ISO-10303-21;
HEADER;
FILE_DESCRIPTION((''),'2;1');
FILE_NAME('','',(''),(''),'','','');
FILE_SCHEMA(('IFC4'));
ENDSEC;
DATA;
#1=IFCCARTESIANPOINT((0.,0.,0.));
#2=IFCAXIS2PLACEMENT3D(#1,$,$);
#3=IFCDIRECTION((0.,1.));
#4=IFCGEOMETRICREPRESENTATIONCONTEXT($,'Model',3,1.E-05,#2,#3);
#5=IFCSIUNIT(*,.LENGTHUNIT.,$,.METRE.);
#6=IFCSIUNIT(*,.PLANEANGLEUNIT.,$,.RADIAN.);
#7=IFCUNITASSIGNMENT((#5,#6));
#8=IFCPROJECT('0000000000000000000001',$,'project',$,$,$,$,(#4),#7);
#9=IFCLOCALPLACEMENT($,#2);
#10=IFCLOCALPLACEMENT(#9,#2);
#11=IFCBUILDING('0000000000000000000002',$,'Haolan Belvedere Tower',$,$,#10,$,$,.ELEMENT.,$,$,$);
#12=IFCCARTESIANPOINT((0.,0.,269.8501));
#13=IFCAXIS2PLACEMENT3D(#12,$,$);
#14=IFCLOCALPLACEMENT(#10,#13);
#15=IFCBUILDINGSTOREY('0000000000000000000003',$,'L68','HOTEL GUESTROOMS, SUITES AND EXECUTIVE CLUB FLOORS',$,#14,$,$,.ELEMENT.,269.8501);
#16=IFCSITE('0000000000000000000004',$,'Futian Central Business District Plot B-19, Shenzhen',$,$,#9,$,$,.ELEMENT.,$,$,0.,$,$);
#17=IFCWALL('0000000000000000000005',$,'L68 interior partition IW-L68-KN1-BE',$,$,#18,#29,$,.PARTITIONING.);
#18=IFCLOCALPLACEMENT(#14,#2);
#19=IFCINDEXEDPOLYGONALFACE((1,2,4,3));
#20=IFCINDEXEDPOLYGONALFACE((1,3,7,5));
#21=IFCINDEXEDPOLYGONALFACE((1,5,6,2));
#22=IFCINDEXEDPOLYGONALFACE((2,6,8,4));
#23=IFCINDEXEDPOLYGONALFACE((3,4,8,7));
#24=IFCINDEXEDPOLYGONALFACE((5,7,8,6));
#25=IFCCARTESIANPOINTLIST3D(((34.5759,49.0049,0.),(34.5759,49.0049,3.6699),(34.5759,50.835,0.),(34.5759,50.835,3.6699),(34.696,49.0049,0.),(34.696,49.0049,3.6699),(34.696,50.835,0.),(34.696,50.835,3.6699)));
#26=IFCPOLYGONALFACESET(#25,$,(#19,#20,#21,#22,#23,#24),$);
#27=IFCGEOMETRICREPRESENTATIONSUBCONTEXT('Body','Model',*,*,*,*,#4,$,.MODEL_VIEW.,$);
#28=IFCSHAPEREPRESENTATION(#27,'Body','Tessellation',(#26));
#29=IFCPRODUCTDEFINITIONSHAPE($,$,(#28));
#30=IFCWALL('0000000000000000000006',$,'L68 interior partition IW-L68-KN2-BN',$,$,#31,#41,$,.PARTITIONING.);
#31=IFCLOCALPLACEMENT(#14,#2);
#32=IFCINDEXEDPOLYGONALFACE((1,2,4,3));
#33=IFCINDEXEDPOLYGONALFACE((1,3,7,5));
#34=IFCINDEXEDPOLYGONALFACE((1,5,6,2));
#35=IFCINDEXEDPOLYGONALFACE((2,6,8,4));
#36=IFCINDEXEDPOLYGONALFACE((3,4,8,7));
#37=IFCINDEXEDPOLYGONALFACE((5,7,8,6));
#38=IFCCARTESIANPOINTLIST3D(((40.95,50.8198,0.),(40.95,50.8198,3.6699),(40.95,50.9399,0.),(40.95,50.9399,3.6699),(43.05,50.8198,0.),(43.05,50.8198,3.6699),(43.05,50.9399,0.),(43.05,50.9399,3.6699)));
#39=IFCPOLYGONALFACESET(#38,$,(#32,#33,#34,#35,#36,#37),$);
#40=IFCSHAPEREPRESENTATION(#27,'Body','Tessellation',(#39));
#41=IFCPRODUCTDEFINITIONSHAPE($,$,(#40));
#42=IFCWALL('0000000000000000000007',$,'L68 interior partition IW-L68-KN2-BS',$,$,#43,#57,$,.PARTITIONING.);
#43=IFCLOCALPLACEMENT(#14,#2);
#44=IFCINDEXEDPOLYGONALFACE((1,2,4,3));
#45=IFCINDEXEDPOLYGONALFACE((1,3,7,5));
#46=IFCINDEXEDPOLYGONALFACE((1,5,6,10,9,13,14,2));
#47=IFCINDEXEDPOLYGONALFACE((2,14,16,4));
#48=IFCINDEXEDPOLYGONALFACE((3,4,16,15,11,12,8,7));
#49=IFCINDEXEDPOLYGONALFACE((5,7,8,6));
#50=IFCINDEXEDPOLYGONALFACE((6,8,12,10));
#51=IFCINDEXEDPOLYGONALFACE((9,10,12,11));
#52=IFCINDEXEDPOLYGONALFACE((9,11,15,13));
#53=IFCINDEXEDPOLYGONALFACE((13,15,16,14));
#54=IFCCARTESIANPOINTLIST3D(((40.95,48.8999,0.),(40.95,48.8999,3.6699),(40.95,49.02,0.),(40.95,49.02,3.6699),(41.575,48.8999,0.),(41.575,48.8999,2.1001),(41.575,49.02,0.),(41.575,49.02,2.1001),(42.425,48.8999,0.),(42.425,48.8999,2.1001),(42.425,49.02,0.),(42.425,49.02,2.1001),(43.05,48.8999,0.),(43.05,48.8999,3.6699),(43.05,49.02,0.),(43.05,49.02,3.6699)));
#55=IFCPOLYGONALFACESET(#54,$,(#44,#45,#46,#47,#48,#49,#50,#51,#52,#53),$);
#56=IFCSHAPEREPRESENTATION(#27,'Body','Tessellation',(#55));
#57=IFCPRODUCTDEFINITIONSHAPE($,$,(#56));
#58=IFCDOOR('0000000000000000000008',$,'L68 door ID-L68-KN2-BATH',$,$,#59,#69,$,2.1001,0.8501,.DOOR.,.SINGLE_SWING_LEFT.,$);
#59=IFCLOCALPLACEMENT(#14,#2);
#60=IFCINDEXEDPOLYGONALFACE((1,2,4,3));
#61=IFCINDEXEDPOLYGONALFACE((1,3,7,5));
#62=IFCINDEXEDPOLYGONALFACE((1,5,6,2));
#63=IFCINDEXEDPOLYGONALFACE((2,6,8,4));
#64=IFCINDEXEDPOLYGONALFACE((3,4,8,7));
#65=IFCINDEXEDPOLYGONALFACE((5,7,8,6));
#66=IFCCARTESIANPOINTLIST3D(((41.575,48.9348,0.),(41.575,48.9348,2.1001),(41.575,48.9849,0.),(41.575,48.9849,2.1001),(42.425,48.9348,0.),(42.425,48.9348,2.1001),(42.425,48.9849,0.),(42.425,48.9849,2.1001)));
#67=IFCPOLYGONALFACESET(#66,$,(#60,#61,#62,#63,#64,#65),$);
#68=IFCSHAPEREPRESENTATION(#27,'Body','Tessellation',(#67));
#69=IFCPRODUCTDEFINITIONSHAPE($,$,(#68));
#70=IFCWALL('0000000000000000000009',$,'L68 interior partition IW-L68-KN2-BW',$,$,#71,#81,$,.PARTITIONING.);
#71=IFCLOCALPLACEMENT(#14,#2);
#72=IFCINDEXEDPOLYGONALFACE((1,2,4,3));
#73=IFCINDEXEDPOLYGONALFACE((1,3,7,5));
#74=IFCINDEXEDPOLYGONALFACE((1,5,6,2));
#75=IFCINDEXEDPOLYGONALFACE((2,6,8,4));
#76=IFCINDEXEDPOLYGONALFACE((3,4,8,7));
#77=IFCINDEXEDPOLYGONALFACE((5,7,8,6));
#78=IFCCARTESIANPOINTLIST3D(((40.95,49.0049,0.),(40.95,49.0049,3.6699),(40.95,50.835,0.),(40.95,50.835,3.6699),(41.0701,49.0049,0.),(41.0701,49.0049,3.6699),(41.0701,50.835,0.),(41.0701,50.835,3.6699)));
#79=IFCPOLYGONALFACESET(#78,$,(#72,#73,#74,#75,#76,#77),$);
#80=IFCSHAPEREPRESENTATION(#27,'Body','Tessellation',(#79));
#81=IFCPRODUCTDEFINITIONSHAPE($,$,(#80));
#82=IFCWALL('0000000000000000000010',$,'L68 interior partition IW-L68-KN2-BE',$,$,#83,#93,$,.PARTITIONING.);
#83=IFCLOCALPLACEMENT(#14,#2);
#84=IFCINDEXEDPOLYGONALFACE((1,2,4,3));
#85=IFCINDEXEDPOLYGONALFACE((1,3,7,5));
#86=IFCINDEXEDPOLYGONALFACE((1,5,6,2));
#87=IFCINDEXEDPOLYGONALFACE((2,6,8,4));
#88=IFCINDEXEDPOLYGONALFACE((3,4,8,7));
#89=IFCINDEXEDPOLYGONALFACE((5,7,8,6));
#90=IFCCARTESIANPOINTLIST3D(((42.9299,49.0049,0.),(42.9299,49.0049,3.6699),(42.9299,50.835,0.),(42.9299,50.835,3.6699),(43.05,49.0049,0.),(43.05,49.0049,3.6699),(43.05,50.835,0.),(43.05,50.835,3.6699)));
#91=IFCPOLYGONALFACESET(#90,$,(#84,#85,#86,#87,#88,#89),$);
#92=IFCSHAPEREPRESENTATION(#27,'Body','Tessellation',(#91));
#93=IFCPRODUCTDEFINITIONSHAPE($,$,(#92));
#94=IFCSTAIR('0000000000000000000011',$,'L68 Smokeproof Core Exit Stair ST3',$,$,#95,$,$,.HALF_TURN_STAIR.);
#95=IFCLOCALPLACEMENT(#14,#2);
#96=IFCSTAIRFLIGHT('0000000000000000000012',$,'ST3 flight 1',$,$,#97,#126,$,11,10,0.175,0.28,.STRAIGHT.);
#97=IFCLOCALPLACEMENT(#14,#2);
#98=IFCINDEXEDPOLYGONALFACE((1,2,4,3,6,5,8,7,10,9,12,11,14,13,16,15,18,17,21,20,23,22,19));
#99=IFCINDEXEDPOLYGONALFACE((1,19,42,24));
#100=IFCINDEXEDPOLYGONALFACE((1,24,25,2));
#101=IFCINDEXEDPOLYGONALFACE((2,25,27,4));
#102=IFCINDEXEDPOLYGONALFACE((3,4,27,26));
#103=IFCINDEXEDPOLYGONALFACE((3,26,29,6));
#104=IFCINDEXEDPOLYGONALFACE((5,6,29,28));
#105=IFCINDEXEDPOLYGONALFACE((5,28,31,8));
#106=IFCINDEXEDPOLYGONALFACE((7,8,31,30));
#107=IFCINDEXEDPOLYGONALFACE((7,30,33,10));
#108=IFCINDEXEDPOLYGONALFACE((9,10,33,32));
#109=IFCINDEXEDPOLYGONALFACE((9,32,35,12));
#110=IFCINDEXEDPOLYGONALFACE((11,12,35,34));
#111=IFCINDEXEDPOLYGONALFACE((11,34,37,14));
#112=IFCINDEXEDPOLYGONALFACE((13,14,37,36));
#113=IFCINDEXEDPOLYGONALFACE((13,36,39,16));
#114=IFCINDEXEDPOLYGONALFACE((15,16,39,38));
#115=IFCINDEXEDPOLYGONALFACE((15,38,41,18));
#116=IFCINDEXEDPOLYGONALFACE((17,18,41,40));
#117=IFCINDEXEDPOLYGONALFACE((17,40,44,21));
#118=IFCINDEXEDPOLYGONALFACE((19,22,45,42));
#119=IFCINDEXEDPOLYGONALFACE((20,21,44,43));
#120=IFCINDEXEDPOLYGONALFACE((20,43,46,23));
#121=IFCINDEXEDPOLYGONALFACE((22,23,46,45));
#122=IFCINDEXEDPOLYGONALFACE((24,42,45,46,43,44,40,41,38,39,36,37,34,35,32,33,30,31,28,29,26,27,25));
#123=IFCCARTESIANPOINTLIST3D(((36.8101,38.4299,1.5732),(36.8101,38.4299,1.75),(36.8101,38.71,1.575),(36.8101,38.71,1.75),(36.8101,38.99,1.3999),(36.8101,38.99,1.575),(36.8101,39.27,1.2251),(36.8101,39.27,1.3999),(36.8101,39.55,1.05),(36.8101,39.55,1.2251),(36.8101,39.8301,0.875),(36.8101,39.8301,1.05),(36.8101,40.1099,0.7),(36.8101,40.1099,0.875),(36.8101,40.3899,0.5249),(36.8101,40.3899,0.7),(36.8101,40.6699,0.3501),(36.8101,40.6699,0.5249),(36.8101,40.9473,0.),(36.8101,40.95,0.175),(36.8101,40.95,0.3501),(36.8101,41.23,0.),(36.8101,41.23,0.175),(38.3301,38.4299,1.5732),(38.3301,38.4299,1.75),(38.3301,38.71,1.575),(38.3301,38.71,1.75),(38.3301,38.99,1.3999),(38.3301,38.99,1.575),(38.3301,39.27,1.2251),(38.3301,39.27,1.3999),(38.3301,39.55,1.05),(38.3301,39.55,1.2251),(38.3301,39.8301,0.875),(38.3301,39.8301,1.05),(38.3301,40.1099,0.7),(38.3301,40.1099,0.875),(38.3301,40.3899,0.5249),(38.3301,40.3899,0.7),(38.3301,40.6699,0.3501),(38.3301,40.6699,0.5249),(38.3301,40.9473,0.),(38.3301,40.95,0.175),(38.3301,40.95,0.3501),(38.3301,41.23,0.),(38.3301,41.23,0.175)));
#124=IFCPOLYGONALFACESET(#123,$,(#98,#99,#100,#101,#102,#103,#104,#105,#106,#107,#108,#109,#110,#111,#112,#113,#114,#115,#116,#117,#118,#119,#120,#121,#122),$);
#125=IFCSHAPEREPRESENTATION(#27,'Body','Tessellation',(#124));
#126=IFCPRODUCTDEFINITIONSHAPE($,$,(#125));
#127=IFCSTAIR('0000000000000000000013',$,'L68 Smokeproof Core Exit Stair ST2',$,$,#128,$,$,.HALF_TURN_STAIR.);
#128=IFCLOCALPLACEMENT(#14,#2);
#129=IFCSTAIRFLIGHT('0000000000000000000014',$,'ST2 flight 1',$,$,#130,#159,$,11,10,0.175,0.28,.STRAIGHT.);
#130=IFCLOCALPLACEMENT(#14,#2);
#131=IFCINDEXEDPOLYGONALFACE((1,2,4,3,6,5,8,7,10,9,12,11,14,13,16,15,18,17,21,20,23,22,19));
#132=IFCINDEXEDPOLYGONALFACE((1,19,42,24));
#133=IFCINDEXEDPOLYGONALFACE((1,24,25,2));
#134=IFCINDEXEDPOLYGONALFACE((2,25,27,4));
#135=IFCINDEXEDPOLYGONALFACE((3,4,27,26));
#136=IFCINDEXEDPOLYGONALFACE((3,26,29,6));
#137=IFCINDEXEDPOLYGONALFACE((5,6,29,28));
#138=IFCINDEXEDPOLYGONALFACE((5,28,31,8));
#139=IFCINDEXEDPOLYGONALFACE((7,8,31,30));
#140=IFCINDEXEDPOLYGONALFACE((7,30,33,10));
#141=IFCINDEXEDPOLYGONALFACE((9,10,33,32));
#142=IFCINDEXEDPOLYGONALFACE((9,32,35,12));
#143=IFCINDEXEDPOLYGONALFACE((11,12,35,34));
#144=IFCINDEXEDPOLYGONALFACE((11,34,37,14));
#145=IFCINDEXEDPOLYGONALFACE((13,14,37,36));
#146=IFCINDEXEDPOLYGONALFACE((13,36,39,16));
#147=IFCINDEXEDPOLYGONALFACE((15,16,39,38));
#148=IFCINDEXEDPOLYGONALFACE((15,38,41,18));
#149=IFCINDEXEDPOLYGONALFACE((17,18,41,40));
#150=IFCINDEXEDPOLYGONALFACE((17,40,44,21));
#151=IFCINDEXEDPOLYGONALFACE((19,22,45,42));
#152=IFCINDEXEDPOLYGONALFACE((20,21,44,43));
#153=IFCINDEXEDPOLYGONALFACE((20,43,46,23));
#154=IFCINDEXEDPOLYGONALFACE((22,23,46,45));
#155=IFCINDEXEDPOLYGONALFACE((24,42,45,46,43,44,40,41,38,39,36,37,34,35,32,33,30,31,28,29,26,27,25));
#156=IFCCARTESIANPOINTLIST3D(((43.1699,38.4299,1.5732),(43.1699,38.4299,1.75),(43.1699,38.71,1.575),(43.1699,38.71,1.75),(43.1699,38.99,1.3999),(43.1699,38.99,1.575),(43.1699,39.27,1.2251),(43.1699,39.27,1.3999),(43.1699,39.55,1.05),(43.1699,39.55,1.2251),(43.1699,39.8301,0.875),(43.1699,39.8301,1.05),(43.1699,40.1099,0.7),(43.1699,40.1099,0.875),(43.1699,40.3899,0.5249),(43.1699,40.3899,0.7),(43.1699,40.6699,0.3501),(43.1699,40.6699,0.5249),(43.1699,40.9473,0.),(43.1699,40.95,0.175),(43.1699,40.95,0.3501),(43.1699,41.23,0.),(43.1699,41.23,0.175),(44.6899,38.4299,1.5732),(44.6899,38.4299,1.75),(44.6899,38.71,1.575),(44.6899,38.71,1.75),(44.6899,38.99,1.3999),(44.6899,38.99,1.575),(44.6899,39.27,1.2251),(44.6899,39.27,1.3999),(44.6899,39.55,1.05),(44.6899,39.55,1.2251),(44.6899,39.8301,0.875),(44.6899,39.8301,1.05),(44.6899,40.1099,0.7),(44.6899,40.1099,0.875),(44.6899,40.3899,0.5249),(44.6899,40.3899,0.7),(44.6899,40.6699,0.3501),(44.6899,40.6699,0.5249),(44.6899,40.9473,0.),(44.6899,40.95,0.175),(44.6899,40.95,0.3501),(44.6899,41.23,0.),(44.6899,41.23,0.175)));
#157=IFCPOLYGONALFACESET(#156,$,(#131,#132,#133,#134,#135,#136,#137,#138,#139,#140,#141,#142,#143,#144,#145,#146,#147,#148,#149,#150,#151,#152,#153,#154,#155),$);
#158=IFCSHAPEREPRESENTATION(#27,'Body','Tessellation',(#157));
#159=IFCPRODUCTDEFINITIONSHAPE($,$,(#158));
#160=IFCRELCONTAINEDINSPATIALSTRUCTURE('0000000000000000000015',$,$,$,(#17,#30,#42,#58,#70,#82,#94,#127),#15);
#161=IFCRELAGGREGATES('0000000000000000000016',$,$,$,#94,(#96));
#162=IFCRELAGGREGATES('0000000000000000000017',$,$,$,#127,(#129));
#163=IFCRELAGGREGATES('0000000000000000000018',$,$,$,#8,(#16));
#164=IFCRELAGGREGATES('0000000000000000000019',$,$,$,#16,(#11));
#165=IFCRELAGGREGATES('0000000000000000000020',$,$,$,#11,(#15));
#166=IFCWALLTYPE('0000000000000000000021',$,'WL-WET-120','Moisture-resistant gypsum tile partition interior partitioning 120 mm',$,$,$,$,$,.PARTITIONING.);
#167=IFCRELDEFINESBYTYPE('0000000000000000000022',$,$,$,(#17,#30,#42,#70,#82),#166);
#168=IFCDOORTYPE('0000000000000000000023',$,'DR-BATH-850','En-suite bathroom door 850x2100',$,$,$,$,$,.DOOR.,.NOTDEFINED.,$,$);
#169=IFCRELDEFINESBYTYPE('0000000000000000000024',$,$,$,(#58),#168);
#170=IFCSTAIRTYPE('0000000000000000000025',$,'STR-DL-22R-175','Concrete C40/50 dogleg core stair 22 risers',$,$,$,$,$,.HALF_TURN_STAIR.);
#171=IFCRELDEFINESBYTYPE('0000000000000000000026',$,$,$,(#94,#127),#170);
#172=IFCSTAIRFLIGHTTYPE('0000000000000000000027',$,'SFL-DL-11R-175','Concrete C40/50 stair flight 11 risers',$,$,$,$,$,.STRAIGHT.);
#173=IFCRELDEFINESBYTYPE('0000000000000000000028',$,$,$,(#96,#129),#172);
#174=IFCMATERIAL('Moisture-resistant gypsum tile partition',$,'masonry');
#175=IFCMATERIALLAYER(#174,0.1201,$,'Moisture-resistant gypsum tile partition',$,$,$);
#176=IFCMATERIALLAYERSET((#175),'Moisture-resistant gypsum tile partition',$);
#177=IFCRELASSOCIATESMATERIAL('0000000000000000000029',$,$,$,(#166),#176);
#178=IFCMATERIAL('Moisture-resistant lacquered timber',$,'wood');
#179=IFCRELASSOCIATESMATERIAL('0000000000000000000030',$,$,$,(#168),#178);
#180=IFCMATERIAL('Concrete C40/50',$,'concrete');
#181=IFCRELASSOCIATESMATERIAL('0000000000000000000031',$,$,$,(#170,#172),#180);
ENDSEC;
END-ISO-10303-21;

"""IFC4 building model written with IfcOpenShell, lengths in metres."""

from ifc_helpers import new_model, si_unit, direction, frame, frame_2d, origin, place, context, subcontext, project, spatial, polyline, rectangle, outline, extrude, material, layer, layer_set, type_object, element, fill, aggregate, save


model = new_model("IFC4")

# Units and contexts
model_context = context("Model", 3, precision=1e-05, world=origin(), true_north=direction((0.0, 1.0)))
body_context = subcontext(model_context, "Body", "Model", "MODEL_VIEW")
ifc_project = project(units=[si_unit("LENGTHUNIT", "METRE"), si_unit("PLANEANGLEUNIT", "RADIAN")], contexts=[model_context])

# Site, building, storey
site_placement = place(None, origin())
site = spatial("IfcSite", under=ifc_project, at=site_placement, Name="Futian Central Business District Plot B-19, Shenzhen", CompositionType="ELEMENT", RefElevation=0.0)
building_placement = place(site_placement, origin())
building = spatial("IfcBuilding", under=site, at=building_placement, Name="Haolan Belvedere Tower", CompositionType="ELEMENT")
storey_placement = place(building_placement, frame((0.0, 0.0, 269.8501)))
storey = spatial("IfcBuildingStorey", under=building, at=storey_placement, Name="L68", Description="HOTEL GUESTROOMS, SUITES AND EXECUTIVE CLUB FLOORS", CompositionType="ELEMENT", Elevation=269.8501)

# Walls
ifc_material_1 = material(Name="Moisture-resistant gypsum tile partition", Category="masonry")
ifc_layer_1 = layer(ifc_material_1, 0.1201, Name="Moisture-resistant gypsum tile partition")
ifc_layer_set_1 = layer_set([ifc_layer_1], Name="Moisture-resistant gypsum tile partition")
wall_type_1 = type_object("IfcWallType", Name="WL-WET-120", Description="Moisture-resistant gypsum tile partition interior partitioning 120 mm", PredefinedType="PARTITIONING", material=ifc_layer_set_1)
wall_1_placement = place(storey_placement, frame((34.636, 49.0049, 0.0), z_axis=(0.0, 0.0, 1.0), x_axis=(0.0, 1.0, 0.0)))
element("IfcWall", 1, at=wall_1_placement, inside=storey, type_object=wall_type_1, Name="L68 interior partition IW-L68-KN1-BE", PredefinedType="PARTITIONING", context=body_context, shape_type="SweptSolid", body=[
    extrude(rectangle(XDim=1.8301, YDim=0.1201, at=frame_2d((0.915, 0.0))), origin(), (0.0, 0.0, 1.0), 3.6699),
])
wall_2_placement = place(storey_placement, frame((40.95, 50.8799, 0.0), z_axis=(0.0, 0.0, 1.0), x_axis=(1.0, 0.0, 0.0)))
element("IfcWall", 2, at=wall_2_placement, inside=storey, type_object=wall_type_1, Name="L68 interior partition IW-L68-KN2-BN", PredefinedType="PARTITIONING", context=body_context, shape_type="SweptSolid", body=[
    extrude(rectangle(XDim=2.1001, YDim=0.1201, at=frame_2d((1.05, 0.0))), origin(), (0.0, 0.0, 1.0), 3.6699),
])

# Wall, opening, door
wall_3_placement = place(storey_placement, frame((40.95, 48.96, 0.0), z_axis=(0.0, 0.0, 1.0), x_axis=(1.0, 0.0, 0.0)))
wall_3 = element("IfcWall", 3, at=wall_3_placement, inside=storey, type_object=wall_type_1, Name="L68 interior partition IW-L68-KN2-BS", PredefinedType="PARTITIONING", context=body_context, shape_type="SweptSolid", body=[
    extrude(rectangle(XDim=2.1001, YDim=0.1201, at=frame_2d((1.05, 0.0))), origin(), (0.0, 0.0, 1.0), 3.6699),
])
opening_1_placement = place(wall_3_placement, frame((0.625, 0.0, 0.0)))
opening_1 = element("IfcOpeningElement", 4, at=opening_1_placement, cuts=wall_3, PredefinedType="OPENING", context=body_context, shape_type="SweptSolid", body=[
    extrude(rectangle(XDim=0.8501, YDim=2.1001, at=frame_2d((0.425, 1.05))), frame((0.0, 0.0701, 0.0), z_axis=(0.0, -1.0, 0.0), x_axis=(1.0, 0.0, 0.0)), (0.0, 0.0, 1.0), 0.1401),
])
ifc_material_2 = material(Name="Moisture-resistant lacquered timber", Category="wood")
door_type_1 = type_object("IfcDoorType", Name="DR-BATH-850", Description="En-suite bathroom door 850x2100", OperationType="NOTDEFINED", PredefinedType="DOOR", material=ifc_material_2)
door_1_placement = place(opening_1_placement, origin())
door_1 = element("IfcDoor", 5, at=door_1_placement, inside=storey, type_object=door_type_1, Name="L68 door ID-L68-KN2-BATH", OperationType="SINGLE_SWING_LEFT", OverallHeight=2.1001, OverallWidth=0.8501, PredefinedType="DOOR", context=body_context, shape_type="SweptSolid", body=[
    extrude(rectangle(XDim=0.8501, YDim=2.1001, at=frame_2d((0.425, 1.05))), frame((0.0, 0.0249, 0.0), z_axis=(0.0, -1.0, 0.0), x_axis=(1.0, 0.0, 0.0)), (0.0, 0.0, 1.0), 0.05),
])
fill(opening_1, door_1)

# Walls
for number, where, z_axis, x_axis, name in (
    (6, (41.01, 49.0049, 0.0), (0.0, 0.0, 1.0), (0.0, 1.0, 0.0), "L68 interior partition IW-L68-KN2-BW"),
    (7, (42.99, 49.0049, 0.0), (0.0, 0.0, 1.0), (0.0, 1.0, 0.0), "L68 interior partition IW-L68-KN2-BE"),
):
    element("IfcWall", number, at=place(storey_placement, frame(where, z_axis=z_axis, x_axis=x_axis)), inside=storey, type_object=wall_type_1, Name=name, PredefinedType="PARTITIONING", context=body_context, shape_type="SweptSolid", body=[
        extrude(rectangle(XDim=1.8301, YDim=0.1201, at=frame_2d((0.915, 0.0))), origin(), (0.0, 0.0, 1.0), 3.6699),
    ])

# Stairs, stair flights
ifc_material_3 = material(Name="Concrete C40/50", Category="concrete")
stair_type = type_object("IfcStairType", Name="STR-DL-22R-175", Description="Concrete C40/50 dogleg core stair 22 risers", PredefinedType="HALF_TURN_STAIR", material=ifc_material_3)
stair_1_placement = place(storey_placement, origin())
stair_1 = element("IfcStair", 8, at=stair_1_placement, inside=storey, type_object=stair_type, Name="L68 Smokeproof Core Exit Stair ST3", PredefinedType="HALF_TURN_STAIR")
stair_flight_type = type_object("IfcStairFlightType", Name="SFL-DL-11R-175", Description="Concrete C40/50 stair flight 11 risers", PredefinedType="STRAIGHT", material=ifc_material_3)
stair_flight_1_placement = place(storey_placement, frame((37.5701, 41.23, 0.0), z_axis=(0.0, 0.0, 1.0), x_axis=(0.0, -1.0, 0.0)))
stair_flight_1 = element("IfcStairFlight", 9, at=stair_flight_1_placement, type_object=stair_flight_type, Name="ST3 flight 1", NumberOfRisers=11, NumberOfTreads=10, PredefinedType="STRAIGHT", RiserHeight=0.175, TreadLength=0.28, context=body_context, shape_type="SweptSolid", body=[
    extrude(outline(polyline([(0.0, 0.0), (0.0, 0.175), (0.28, 0.175), (0.28, 0.3501), (0.5601, 0.3501), (0.5601, 0.5249), (0.8401, 0.5249), (0.8401, 0.7), (1.1201, 0.7), (1.1201, 0.875), (1.3999, 0.875), (1.3999, 1.05), (1.6799, 1.05), (1.6799, 1.2251), (1.96, 1.2251), (1.96, 1.3999), (2.24, 1.3999), (2.24, 1.575), (2.52, 1.575), (2.52, 1.75), (2.8, 1.75), (2.8, 1.925), (2.8, 1.5732), (0.2827, 0.0), (0.0, 0.0)])), frame((0.0, 0.76, 0.0), z_axis=(0.0, -1.0, 0.0), x_axis=(1.0, 0.0, 0.0)), (0.0, 0.0, 1.0), 1.52),
])
aggregate(stair_1, [stair_flight_1])
stair_2_placement = place(storey_placement, origin())
stair_2 = element("IfcStair", 10, at=stair_2_placement, inside=storey, type_object=stair_type, Name="L68 Smokeproof Core Exit Stair ST2", PredefinedType="HALF_TURN_STAIR")
stair_flight_2_placement = place(storey_placement, frame((43.9299, 41.23, 0.0), z_axis=(0.0, 0.0, 1.0), x_axis=(0.0, -1.0, 0.0)))
stair_flight_2 = element("IfcStairFlight", 11, at=stair_flight_2_placement, type_object=stair_flight_type, Name="ST2 flight 1", NumberOfRisers=11, NumberOfTreads=10, PredefinedType="STRAIGHT", RiserHeight=0.175, TreadLength=0.28, context=body_context, shape_type="SweptSolid", body=[
    extrude(outline(polyline([(0.0, 0.0), (0.0, 0.175), (0.28, 0.175), (0.28, 0.3501), (0.5601, 0.3501), (0.5601, 0.5249), (0.8401, 0.5249), (0.8401, 0.7), (1.1201, 0.7), (1.1201, 0.875), (1.3999, 0.875), (1.3999, 1.05), (1.6799, 1.05), (1.6799, 1.2251), (1.96, 1.2251), (1.96, 1.3999), (2.24, 1.3999), (2.24, 1.575), (2.52, 1.575), (2.52, 1.75), (2.8, 1.75), (2.8, 1.925), (2.8, 1.5732), (0.2827, 0.0), (0.0, 0.0)])), frame((0.0, 0.76, 0.0), z_axis=(0.0, -1.0, 0.0), x_axis=(1.0, 0.0, 0.0)), (0.0, 0.0, 1.0), 1.52),
])
aggregate(stair_2, [stair_flight_2])

save(model, "model.ifc")
